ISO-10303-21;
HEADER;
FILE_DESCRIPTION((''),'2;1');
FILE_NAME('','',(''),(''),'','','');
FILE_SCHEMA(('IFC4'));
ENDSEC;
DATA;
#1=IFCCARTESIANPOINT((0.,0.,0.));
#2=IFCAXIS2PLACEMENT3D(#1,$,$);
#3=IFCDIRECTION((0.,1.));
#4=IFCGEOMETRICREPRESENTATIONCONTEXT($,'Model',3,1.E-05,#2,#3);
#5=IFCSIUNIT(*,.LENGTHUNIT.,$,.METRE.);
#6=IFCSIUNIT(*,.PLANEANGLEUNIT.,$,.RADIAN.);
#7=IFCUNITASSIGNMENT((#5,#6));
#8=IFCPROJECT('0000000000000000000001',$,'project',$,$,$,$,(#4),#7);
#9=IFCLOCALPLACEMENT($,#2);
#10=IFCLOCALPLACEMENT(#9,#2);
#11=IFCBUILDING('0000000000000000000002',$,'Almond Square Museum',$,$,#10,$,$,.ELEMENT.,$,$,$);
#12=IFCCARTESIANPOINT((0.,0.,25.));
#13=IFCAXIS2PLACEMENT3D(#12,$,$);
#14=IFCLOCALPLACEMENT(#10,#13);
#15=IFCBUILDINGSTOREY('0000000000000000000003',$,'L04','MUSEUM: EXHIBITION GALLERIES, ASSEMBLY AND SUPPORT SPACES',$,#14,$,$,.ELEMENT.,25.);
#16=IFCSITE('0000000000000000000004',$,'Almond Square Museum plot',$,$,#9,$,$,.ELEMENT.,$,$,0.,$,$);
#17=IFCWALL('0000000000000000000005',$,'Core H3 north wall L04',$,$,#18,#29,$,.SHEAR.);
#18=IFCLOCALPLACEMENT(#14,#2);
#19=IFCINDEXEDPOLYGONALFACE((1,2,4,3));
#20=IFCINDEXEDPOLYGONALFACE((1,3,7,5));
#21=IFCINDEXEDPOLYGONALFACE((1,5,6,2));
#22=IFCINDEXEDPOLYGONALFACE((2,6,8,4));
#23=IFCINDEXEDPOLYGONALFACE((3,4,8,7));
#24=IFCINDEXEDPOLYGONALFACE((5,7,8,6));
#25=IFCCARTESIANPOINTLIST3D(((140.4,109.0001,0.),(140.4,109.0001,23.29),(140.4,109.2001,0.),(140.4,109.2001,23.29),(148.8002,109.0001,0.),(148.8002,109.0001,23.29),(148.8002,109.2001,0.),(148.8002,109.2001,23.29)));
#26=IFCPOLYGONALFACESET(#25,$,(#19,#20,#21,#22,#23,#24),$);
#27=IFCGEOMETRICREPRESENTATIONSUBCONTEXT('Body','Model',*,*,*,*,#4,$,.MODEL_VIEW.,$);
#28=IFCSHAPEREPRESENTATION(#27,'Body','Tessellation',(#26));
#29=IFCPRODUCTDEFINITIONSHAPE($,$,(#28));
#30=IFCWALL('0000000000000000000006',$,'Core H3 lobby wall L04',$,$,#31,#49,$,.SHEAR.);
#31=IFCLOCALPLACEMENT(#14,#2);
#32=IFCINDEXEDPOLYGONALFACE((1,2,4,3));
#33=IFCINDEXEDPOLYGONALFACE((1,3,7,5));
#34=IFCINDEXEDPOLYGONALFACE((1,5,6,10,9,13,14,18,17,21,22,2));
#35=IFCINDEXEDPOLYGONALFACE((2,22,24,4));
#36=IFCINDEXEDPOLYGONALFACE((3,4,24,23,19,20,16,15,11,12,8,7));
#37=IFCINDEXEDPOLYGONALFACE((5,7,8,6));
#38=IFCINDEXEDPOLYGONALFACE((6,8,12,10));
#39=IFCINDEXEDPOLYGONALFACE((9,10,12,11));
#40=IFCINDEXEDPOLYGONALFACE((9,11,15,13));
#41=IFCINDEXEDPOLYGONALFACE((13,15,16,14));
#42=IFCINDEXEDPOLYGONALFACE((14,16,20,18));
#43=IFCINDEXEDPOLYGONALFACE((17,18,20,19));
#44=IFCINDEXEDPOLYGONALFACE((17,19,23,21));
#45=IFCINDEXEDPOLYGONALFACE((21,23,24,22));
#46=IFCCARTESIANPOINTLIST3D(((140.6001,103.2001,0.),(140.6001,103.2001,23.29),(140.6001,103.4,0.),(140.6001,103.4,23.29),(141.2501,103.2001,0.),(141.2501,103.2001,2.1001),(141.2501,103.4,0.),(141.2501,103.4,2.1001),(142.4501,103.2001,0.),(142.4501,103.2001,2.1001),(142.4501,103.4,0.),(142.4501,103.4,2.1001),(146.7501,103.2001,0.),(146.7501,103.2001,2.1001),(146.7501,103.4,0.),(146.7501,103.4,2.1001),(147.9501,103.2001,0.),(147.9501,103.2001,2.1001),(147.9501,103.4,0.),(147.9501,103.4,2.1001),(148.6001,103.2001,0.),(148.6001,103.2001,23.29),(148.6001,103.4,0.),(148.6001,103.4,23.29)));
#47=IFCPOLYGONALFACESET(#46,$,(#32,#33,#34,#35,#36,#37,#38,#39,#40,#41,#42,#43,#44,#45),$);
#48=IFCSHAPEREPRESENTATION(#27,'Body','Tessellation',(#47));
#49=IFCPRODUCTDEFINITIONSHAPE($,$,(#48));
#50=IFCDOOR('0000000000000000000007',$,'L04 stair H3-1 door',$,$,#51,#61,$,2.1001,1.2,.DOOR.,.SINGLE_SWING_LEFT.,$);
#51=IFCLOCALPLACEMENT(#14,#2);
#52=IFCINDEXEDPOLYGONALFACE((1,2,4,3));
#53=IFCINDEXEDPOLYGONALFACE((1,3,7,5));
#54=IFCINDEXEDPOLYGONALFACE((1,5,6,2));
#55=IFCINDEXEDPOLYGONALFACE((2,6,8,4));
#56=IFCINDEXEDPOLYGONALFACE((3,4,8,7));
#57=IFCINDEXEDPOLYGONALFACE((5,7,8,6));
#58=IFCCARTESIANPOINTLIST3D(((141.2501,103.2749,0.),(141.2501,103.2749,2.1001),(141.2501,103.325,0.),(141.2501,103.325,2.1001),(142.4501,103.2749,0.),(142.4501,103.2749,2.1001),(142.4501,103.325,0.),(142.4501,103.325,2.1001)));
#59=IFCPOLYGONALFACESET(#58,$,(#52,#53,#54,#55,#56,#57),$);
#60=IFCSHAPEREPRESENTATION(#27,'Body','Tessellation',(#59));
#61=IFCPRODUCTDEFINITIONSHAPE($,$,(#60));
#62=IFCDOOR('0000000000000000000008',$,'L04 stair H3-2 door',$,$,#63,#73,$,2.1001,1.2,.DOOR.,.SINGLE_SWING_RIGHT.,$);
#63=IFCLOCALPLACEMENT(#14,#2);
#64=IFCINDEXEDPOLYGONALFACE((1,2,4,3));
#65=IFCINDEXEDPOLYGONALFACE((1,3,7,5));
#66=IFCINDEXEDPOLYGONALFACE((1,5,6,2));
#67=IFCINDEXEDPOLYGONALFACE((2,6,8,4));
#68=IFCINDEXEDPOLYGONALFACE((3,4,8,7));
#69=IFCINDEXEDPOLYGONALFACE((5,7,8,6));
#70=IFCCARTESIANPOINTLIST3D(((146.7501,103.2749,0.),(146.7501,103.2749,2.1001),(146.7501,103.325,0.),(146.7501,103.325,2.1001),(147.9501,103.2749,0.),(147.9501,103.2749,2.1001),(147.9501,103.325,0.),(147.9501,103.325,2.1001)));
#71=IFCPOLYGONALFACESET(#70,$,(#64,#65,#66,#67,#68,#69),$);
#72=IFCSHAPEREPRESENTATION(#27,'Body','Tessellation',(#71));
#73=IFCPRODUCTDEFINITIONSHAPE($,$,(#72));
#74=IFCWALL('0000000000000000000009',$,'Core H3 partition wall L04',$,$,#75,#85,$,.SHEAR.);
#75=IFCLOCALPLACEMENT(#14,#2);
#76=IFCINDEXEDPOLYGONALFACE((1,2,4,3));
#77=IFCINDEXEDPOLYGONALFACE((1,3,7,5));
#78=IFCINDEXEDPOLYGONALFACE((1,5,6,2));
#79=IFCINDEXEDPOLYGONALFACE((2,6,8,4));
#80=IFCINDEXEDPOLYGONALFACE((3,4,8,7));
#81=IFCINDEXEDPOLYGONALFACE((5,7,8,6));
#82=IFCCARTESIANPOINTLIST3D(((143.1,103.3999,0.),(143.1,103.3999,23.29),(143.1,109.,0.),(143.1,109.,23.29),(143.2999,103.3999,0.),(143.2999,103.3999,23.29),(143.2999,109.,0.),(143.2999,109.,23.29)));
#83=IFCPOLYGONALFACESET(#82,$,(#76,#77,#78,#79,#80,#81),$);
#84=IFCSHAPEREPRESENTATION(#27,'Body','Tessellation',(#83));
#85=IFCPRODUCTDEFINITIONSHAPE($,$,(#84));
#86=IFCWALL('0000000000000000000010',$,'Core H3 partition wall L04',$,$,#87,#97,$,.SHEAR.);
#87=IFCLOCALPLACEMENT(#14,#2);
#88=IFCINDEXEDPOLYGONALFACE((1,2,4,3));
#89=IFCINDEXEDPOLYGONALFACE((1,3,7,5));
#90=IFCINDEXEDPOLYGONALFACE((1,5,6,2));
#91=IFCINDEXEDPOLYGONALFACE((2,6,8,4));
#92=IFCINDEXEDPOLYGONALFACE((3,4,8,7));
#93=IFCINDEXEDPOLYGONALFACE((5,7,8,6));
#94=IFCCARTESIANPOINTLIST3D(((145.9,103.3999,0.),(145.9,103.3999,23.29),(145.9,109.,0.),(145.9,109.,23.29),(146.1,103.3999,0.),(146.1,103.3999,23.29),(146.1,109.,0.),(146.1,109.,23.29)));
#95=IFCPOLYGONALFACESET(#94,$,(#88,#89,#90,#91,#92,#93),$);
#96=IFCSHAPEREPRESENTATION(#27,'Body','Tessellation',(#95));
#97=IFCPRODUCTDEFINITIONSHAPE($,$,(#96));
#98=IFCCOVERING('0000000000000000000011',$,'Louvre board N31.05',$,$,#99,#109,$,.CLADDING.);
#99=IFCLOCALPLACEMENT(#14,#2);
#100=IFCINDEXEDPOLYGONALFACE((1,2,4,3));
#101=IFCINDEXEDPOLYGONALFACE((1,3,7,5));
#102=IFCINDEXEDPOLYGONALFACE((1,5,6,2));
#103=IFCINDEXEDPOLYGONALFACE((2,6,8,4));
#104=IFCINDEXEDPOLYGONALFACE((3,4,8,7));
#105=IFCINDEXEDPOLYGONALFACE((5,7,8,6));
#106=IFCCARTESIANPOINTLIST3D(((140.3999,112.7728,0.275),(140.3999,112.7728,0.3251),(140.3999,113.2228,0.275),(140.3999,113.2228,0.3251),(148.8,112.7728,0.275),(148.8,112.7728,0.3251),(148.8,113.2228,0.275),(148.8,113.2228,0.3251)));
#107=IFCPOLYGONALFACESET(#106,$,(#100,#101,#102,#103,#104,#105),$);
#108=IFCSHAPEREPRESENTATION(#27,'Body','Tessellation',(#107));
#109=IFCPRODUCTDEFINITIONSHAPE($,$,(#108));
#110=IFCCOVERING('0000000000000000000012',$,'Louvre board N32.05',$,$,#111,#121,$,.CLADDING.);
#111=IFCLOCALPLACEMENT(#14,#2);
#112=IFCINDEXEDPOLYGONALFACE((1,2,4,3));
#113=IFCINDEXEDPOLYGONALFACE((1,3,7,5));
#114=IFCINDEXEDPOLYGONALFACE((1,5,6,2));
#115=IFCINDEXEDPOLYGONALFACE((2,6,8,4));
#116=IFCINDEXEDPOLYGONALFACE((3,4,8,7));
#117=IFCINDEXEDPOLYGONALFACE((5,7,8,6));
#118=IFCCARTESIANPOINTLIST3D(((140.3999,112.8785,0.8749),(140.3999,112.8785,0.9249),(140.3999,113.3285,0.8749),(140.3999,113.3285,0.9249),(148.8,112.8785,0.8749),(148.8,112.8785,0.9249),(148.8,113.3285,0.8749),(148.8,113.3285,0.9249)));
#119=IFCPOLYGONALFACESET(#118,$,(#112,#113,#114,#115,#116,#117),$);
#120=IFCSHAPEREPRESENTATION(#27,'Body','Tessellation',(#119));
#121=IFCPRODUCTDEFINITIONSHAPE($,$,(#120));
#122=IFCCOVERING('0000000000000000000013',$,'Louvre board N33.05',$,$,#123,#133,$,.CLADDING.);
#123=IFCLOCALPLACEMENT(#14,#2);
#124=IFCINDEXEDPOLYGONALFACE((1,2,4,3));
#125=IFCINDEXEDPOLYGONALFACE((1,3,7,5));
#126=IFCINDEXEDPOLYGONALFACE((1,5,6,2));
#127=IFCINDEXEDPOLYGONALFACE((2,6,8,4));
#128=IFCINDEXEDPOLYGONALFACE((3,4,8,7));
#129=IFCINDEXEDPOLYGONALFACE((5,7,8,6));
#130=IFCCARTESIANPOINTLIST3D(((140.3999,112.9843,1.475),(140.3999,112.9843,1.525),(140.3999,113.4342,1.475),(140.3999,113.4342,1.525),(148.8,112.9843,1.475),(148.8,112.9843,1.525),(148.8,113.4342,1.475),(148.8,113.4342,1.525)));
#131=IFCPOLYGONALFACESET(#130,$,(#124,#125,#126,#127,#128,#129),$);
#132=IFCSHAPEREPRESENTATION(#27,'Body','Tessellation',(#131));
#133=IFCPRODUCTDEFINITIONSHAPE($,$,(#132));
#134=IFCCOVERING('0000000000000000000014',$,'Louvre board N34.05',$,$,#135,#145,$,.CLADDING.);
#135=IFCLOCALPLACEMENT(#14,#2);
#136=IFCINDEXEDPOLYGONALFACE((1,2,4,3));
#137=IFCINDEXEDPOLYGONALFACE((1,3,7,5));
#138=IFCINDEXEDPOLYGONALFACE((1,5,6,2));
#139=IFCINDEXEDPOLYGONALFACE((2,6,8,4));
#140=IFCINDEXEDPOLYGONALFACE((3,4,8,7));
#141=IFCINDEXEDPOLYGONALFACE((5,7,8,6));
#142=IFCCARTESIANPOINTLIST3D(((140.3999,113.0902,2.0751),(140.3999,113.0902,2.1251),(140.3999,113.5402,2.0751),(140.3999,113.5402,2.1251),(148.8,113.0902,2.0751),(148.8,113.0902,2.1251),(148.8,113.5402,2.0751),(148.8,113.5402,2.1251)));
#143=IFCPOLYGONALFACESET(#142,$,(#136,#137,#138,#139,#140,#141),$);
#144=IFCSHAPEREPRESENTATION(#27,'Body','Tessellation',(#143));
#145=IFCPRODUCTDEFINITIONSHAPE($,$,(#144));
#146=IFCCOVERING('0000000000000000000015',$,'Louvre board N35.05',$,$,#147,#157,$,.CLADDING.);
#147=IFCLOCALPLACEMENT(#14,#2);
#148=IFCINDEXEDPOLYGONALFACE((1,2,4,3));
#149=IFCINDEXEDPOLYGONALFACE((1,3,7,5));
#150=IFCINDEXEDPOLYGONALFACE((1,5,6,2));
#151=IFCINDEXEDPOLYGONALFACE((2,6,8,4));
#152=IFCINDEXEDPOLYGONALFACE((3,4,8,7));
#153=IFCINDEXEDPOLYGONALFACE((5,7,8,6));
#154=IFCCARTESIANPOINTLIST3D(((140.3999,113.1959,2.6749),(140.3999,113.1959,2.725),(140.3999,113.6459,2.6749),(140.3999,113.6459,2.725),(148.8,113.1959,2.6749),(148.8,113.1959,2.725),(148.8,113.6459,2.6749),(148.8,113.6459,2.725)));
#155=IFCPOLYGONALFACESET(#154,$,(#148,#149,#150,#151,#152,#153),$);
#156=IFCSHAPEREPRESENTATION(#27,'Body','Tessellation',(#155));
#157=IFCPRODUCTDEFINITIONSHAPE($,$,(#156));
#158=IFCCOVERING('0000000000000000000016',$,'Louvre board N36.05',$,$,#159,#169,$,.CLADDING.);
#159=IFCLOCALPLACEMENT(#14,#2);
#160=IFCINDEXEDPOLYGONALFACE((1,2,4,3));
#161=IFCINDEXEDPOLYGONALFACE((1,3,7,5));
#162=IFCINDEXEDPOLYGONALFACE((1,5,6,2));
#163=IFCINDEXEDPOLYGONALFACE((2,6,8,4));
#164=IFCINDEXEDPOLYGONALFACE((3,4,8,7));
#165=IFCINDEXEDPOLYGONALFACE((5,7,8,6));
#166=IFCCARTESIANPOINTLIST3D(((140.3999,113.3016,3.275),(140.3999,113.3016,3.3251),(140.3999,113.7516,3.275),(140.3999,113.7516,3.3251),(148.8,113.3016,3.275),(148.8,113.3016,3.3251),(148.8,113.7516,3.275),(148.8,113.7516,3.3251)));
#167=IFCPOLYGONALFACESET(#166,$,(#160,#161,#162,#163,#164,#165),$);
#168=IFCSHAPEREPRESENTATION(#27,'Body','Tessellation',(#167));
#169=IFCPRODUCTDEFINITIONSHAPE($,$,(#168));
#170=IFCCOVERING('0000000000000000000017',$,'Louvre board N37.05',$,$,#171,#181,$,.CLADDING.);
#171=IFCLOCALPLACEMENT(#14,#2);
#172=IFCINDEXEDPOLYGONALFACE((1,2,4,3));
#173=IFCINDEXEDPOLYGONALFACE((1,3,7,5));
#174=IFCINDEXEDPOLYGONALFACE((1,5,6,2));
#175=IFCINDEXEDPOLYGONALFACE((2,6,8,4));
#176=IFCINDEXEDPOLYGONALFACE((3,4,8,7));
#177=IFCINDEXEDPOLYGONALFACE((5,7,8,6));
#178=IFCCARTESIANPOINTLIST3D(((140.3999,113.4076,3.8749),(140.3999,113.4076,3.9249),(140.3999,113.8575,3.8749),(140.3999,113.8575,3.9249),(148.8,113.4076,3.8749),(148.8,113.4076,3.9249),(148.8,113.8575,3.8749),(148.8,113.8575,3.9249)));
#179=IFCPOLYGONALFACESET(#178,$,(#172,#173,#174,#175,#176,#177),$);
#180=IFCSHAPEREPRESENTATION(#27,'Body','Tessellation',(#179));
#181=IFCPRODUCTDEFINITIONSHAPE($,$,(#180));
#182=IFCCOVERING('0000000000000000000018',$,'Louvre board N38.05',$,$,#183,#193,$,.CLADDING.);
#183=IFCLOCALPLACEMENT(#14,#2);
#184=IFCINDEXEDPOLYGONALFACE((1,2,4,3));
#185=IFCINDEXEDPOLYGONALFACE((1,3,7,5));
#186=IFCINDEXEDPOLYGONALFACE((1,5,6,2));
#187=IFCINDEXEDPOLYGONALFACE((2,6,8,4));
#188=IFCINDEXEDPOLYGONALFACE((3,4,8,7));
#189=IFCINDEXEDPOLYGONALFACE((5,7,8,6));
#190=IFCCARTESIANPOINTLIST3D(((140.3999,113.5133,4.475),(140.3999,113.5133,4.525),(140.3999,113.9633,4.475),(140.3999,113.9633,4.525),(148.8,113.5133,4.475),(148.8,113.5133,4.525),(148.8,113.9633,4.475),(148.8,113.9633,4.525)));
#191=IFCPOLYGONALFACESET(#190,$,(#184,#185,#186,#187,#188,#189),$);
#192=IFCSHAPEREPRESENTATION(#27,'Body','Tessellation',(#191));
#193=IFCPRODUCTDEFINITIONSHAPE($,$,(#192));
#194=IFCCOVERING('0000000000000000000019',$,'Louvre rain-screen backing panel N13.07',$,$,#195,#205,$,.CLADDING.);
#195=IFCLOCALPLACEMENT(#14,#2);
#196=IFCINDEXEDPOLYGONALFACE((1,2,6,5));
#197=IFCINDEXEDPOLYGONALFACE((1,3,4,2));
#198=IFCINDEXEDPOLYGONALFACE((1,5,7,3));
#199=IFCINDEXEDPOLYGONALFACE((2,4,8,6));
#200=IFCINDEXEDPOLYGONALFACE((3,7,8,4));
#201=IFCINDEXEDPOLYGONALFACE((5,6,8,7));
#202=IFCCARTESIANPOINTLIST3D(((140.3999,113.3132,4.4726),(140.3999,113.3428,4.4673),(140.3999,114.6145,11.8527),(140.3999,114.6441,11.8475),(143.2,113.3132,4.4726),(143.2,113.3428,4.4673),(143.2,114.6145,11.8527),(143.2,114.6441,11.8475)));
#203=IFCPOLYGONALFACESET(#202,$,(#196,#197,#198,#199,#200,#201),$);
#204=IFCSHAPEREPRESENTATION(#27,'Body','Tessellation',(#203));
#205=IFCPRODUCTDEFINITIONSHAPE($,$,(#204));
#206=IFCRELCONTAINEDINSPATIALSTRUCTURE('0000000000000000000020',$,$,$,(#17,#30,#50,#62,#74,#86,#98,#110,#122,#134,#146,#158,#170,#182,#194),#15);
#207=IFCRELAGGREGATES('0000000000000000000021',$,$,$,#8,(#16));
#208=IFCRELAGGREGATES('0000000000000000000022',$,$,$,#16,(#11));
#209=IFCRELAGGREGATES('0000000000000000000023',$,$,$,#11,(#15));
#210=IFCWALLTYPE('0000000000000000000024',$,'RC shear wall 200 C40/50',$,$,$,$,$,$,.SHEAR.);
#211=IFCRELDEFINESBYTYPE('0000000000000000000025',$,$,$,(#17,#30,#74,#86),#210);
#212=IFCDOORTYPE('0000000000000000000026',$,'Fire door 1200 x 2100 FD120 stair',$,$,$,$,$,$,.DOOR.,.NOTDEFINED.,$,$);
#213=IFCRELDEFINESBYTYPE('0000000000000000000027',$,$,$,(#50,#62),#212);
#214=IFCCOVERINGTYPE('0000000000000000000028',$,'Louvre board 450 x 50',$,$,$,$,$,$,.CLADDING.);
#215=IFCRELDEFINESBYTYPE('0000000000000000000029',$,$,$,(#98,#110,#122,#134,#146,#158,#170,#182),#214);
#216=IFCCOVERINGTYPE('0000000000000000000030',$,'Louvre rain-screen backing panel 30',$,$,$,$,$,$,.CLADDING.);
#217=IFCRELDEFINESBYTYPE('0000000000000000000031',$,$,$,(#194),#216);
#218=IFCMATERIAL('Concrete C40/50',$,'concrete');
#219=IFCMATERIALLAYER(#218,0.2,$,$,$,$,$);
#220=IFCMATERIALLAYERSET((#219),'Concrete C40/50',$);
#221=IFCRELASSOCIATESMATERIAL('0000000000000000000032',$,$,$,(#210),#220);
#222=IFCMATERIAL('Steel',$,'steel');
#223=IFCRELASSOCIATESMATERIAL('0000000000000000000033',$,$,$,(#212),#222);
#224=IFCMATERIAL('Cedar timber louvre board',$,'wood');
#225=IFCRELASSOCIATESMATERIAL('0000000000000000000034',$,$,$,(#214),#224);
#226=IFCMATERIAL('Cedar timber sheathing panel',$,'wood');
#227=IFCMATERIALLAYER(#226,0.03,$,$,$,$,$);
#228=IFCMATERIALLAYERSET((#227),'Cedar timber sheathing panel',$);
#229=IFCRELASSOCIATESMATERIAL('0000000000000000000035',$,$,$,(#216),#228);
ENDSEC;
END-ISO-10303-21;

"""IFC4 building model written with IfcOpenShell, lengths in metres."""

from ifc_helpers import new_model, si_unit, direction, frame, frame_2d, origin, origin_2d, place, context, subcontext, project, spatial, polyline, rectangle, outline, extrude, material, layer, layer_set, material_profile, profile_set, type_object, element, fill, save


model = new_model("IFC4")

# Units and contexts
model_context = context("Model", 3, precision=1e-05, world=origin(), true_north=direction((0.0, 1.0)))
body_context = subcontext(model_context, "Body", "Model", "MODEL_VIEW")
ifc_project = project(units=[si_unit("LENGTHUNIT", "METRE"), si_unit("PLANEANGLEUNIT", "RADIAN")], contexts=[model_context])

# Site, building, storey
site_placement = place(None, origin())
site = spatial("IfcSite", under=ifc_project, at=site_placement, Name="Almond Square Museum plot", CompositionType="ELEMENT", RefElevation=0.0)
building_placement = place(site_placement, origin())
building = spatial("IfcBuilding", under=site, at=building_placement, Name="Almond Square Museum", CompositionType="ELEMENT")
storey_placement = place(building_placement, frame((0.0, 0.0, 25.0)))
storey = spatial("IfcBuildingStorey", under=building, at=storey_placement, Name="L04", Description="MUSEUM: EXHIBITION GALLERIES, ASSEMBLY AND SUPPORT SPACES", CompositionType="ELEMENT", Elevation=25.0)

# Wall
ifc_material_1 = material(Name="Concrete C40/50", Category="concrete")
ifc_layer_1 = layer(ifc_material_1, 0.2)
ifc_layer_set_1 = layer_set([ifc_layer_1], Name="Concrete C40/50")
wall_type = type_object("IfcWallType", Name="RC shear wall 200 C40/50", PredefinedType="SHEAR", material=ifc_layer_set_1)
wall_1_placement = place(storey_placement, frame((140.3999, 109.1001, 0.0), z_axis=(0.0, 0.0, 1.0), x_axis=(1.0, 0.0, 0.0)))
element("IfcWall", 1, at=wall_1_placement, inside=storey, type_object=wall_type, Name="Core H3 north wall L04", PredefinedType="SHEAR", context=body_context, shape_type="SweptSolid", body=[
    extrude(rectangle(XDim=8.4001, YDim=0.2, at=frame_2d((4.2002, 0.0))), origin(), (0.0, 0.0, 1.0), 23.29),
])

# Wall, openings, doors
wall_2_placement = place(storey_placement, frame((140.6001, 103.3, 0.0), z_axis=(0.0, 0.0, 1.0), x_axis=(1.0, 0.0, 0.0)))
wall_2 = element("IfcWall", 2, at=wall_2_placement, inside=storey, type_object=wall_type, Name="Core H3 lobby wall L04", PredefinedType="SHEAR", context=body_context, shape_type="SweptSolid", body=[
    extrude(rectangle(XDim=8.0, YDim=0.2, at=frame_2d((4.0, 0.0))), origin(), (0.0, 0.0, 1.0), 23.29),
])
opening_1_placement = place(wall_2_placement, frame((0.6499, 0.0, 0.0)))
opening_1 = element("IfcOpeningElement", 3, at=opening_1_placement, cuts=wall_2, PredefinedType="OPENING", context=body_context, shape_type="SweptSolid", body=[
    extrude(rectangle(XDim=1.2, YDim=2.1001, at=frame_2d((0.6001, 1.05))), frame((0.0, 0.1099, 0.0), z_axis=(0.0, -1.0, 0.0), x_axis=(1.0, 0.0, 0.0)), (0.0, 0.0, 1.0), 0.22),
])
opening_2_placement = place(wall_2_placement, frame((6.1499, 0.0, 0.0)))
opening_2 = element("IfcOpeningElement", 4, at=opening_2_placement, cuts=wall_2, PredefinedType="OPENING", context=body_context, shape_type="SweptSolid", body=[
    extrude(rectangle(XDim=1.2, YDim=2.1001, at=frame_2d((0.6001, 1.05))), frame((0.0, 0.1099, 0.0), z_axis=(0.0, -1.0, 0.0), x_axis=(1.0, 0.0, 0.0)), (0.0, 0.0, 1.0), 0.22),
])
ifc_material_2 = material(Name="Steel", Category="steel")
door_type = type_object("IfcDoorType", Name="Fire door 1200 x 2100 FD120 stair", OperationType="NOTDEFINED", PredefinedType="DOOR", material=ifc_material_2)
door_1_placement = place(opening_1_placement, origin())
door_1 = element("IfcDoor", 5, at=door_1_placement, inside=storey, type_object=door_type, Name="L04 stair H3-1 door", OperationType="SINGLE_SWING_LEFT", OverallHeight=2.1001, OverallWidth=1.2, PredefinedType="DOOR", context=body_context, shape_type="SweptSolid", body=[
    extrude(rectangle(XDim=1.2, YDim=2.1001, at=frame_2d((0.6001, 1.05))), frame((0.0, 0.0249, 0.0), z_axis=(0.0, -1.0, 0.0), x_axis=(1.0, 0.0, 0.0)), (0.0, 0.0, 1.0), 0.05),
])
fill(opening_1, door_1)
door_2_placement = place(opening_2_placement, origin())
door_2 = element("IfcDoor", 6, at=door_2_placement, inside=storey, type_object=door_type, Name="L04 stair H3-2 door", OperationType="SINGLE_SWING_RIGHT", OverallHeight=2.1001, OverallWidth=1.2, PredefinedType="DOOR", context=body_context, shape_type="SweptSolid", body=[
    extrude(rectangle(XDim=1.2, YDim=2.1001, at=frame_2d((0.6001, 1.05))), frame((0.0, 0.0249, 0.0), z_axis=(0.0, -1.0, 0.0), x_axis=(1.0, 0.0, 0.0)), (0.0, 0.0, 1.0), 0.05),
])
fill(opening_2, door_2)

# Walls
for number, where, z_axis, x_axis, name in (
    (7, (143.2, 103.3999, 0.0), (0.0, 0.0, 1.0), (0.0, 1.0, 0.0), "Core H3 partition wall L04"),
    (8, (146.0, 103.3999, 0.0), (0.0, 0.0, 1.0), (0.0, 1.0, 0.0), "Core H3 partition wall L04"),
):
    element("IfcWall", number, at=place(storey_placement, frame(where, z_axis=z_axis, x_axis=x_axis)), inside=storey, type_object=wall_type, Name=name, PredefinedType="SHEAR", context=body_context, shape_type="SweptSolid", body=[
        extrude(rectangle(XDim=5.6001, YDim=0.2, at=frame_2d((2.8, 0.0))), origin(), (0.0, 0.0, 1.0), 23.29),
    ])

# Coverings
ifc_material_3 = material(Name="Cedar timber louvre board", Category="wood")
ifc_material_profile = material_profile(ifc_material_3, rectangle(XDim=0.45, YDim=0.05, at=origin_2d()))
ifc_profile_set = profile_set([ifc_material_profile], Name="Cedar timber louvre board")
covering_type_1 = type_object("IfcCoveringType", Name="Louvre board 450 x 50", PredefinedType="CLADDING", material=ifc_profile_set)
for number, where, z_axis, x_axis, name in (
    (9, (140.3999, 112.9978, 0.3), (1.0, 0.0, 0.0), (0.0, 1.0, 0.0), "Louvre board N31.05"),
    (10, (140.3999, 113.1035, 0.8999), (1.0, 0.0, 0.0), (0.0, 1.0, 0.0), "Louvre board N32.05"),
    (11, (140.3999, 113.2092, 1.5), (1.0, 0.0, 0.0), (0.0, 1.0, 0.0), "Louvre board N33.05"),
    (12, (140.3999, 113.3152, 2.1001), (1.0, 0.0, 0.0), (0.0, 1.0, 0.0), "Louvre board N34.05"),
    (13, (140.3999, 113.4209, 2.7), (1.0, 0.0, 0.0), (0.0, 1.0, 0.0), "Louvre board N35.05"),
    (14, (140.3999, 113.5266, 3.3), (1.0, 0.0, 0.0), (0.0, 1.0, 0.0), "Louvre board N36.05"),
    (15, (140.3999, 113.6326, 3.8999), (1.0, 0.0, 0.0), (0.0, 1.0, 0.0), "Louvre board N37.05"),
    (16, (140.3999, 113.7383, 4.5), (1.0, 0.0, 0.0), (0.0, 1.0, 0.0), "Louvre board N38.05"),
):
    element("IfcCovering", number, at=place(storey_placement, frame(where, z_axis=z_axis, x_axis=x_axis)), inside=storey, type_object=covering_type_1, Name=name, PredefinedType="CLADDING", context=body_context, shape_type="SweptSolid", body=[
        extrude(rectangle(XDim=0.45, YDim=0.05, at=origin_2d()), origin(), (0.0, 0.0, 1.0), 8.4001),
    ])
ifc_material_4 = material(Name="Cedar timber sheathing panel", Category="wood")
ifc_layer_2 = layer(ifc_material_4, 0.03)
ifc_layer_set_2 = layer_set([ifc_layer_2], Name="Cedar timber sheathing panel")
covering_type_2 = type_object("IfcCoveringType", Name="Louvre rain-screen backing panel 30", PredefinedType="CLADDING", material=ifc_layer_set_2)
for number, where, z_axis, x_axis, name in (
    (17, (140.3999, 113.3279, 4.47), (0.0, -0.984809, 0.173642), (1.0, 0.0, 0.0), "Louvre rain-screen backing panel N13.07"),
):
    element("IfcCovering", number, at=place(storey_placement, frame(where, z_axis=z_axis, x_axis=x_axis)), inside=storey, type_object=covering_type_2, Name=name, PredefinedType="CLADDING", context=body_context, shape_type="SweptSolid", body=[
        extrude(outline(polyline([(0.0, 0.0), (2.8, 0.0), (2.8, 7.494), (0.0, 7.494), (0.0, 0.0)])), frame((0.0, 0.0, -0.0151)), (0.0, 0.0, 1.0), 0.03),
    ])

save(model, "model.ifc")
